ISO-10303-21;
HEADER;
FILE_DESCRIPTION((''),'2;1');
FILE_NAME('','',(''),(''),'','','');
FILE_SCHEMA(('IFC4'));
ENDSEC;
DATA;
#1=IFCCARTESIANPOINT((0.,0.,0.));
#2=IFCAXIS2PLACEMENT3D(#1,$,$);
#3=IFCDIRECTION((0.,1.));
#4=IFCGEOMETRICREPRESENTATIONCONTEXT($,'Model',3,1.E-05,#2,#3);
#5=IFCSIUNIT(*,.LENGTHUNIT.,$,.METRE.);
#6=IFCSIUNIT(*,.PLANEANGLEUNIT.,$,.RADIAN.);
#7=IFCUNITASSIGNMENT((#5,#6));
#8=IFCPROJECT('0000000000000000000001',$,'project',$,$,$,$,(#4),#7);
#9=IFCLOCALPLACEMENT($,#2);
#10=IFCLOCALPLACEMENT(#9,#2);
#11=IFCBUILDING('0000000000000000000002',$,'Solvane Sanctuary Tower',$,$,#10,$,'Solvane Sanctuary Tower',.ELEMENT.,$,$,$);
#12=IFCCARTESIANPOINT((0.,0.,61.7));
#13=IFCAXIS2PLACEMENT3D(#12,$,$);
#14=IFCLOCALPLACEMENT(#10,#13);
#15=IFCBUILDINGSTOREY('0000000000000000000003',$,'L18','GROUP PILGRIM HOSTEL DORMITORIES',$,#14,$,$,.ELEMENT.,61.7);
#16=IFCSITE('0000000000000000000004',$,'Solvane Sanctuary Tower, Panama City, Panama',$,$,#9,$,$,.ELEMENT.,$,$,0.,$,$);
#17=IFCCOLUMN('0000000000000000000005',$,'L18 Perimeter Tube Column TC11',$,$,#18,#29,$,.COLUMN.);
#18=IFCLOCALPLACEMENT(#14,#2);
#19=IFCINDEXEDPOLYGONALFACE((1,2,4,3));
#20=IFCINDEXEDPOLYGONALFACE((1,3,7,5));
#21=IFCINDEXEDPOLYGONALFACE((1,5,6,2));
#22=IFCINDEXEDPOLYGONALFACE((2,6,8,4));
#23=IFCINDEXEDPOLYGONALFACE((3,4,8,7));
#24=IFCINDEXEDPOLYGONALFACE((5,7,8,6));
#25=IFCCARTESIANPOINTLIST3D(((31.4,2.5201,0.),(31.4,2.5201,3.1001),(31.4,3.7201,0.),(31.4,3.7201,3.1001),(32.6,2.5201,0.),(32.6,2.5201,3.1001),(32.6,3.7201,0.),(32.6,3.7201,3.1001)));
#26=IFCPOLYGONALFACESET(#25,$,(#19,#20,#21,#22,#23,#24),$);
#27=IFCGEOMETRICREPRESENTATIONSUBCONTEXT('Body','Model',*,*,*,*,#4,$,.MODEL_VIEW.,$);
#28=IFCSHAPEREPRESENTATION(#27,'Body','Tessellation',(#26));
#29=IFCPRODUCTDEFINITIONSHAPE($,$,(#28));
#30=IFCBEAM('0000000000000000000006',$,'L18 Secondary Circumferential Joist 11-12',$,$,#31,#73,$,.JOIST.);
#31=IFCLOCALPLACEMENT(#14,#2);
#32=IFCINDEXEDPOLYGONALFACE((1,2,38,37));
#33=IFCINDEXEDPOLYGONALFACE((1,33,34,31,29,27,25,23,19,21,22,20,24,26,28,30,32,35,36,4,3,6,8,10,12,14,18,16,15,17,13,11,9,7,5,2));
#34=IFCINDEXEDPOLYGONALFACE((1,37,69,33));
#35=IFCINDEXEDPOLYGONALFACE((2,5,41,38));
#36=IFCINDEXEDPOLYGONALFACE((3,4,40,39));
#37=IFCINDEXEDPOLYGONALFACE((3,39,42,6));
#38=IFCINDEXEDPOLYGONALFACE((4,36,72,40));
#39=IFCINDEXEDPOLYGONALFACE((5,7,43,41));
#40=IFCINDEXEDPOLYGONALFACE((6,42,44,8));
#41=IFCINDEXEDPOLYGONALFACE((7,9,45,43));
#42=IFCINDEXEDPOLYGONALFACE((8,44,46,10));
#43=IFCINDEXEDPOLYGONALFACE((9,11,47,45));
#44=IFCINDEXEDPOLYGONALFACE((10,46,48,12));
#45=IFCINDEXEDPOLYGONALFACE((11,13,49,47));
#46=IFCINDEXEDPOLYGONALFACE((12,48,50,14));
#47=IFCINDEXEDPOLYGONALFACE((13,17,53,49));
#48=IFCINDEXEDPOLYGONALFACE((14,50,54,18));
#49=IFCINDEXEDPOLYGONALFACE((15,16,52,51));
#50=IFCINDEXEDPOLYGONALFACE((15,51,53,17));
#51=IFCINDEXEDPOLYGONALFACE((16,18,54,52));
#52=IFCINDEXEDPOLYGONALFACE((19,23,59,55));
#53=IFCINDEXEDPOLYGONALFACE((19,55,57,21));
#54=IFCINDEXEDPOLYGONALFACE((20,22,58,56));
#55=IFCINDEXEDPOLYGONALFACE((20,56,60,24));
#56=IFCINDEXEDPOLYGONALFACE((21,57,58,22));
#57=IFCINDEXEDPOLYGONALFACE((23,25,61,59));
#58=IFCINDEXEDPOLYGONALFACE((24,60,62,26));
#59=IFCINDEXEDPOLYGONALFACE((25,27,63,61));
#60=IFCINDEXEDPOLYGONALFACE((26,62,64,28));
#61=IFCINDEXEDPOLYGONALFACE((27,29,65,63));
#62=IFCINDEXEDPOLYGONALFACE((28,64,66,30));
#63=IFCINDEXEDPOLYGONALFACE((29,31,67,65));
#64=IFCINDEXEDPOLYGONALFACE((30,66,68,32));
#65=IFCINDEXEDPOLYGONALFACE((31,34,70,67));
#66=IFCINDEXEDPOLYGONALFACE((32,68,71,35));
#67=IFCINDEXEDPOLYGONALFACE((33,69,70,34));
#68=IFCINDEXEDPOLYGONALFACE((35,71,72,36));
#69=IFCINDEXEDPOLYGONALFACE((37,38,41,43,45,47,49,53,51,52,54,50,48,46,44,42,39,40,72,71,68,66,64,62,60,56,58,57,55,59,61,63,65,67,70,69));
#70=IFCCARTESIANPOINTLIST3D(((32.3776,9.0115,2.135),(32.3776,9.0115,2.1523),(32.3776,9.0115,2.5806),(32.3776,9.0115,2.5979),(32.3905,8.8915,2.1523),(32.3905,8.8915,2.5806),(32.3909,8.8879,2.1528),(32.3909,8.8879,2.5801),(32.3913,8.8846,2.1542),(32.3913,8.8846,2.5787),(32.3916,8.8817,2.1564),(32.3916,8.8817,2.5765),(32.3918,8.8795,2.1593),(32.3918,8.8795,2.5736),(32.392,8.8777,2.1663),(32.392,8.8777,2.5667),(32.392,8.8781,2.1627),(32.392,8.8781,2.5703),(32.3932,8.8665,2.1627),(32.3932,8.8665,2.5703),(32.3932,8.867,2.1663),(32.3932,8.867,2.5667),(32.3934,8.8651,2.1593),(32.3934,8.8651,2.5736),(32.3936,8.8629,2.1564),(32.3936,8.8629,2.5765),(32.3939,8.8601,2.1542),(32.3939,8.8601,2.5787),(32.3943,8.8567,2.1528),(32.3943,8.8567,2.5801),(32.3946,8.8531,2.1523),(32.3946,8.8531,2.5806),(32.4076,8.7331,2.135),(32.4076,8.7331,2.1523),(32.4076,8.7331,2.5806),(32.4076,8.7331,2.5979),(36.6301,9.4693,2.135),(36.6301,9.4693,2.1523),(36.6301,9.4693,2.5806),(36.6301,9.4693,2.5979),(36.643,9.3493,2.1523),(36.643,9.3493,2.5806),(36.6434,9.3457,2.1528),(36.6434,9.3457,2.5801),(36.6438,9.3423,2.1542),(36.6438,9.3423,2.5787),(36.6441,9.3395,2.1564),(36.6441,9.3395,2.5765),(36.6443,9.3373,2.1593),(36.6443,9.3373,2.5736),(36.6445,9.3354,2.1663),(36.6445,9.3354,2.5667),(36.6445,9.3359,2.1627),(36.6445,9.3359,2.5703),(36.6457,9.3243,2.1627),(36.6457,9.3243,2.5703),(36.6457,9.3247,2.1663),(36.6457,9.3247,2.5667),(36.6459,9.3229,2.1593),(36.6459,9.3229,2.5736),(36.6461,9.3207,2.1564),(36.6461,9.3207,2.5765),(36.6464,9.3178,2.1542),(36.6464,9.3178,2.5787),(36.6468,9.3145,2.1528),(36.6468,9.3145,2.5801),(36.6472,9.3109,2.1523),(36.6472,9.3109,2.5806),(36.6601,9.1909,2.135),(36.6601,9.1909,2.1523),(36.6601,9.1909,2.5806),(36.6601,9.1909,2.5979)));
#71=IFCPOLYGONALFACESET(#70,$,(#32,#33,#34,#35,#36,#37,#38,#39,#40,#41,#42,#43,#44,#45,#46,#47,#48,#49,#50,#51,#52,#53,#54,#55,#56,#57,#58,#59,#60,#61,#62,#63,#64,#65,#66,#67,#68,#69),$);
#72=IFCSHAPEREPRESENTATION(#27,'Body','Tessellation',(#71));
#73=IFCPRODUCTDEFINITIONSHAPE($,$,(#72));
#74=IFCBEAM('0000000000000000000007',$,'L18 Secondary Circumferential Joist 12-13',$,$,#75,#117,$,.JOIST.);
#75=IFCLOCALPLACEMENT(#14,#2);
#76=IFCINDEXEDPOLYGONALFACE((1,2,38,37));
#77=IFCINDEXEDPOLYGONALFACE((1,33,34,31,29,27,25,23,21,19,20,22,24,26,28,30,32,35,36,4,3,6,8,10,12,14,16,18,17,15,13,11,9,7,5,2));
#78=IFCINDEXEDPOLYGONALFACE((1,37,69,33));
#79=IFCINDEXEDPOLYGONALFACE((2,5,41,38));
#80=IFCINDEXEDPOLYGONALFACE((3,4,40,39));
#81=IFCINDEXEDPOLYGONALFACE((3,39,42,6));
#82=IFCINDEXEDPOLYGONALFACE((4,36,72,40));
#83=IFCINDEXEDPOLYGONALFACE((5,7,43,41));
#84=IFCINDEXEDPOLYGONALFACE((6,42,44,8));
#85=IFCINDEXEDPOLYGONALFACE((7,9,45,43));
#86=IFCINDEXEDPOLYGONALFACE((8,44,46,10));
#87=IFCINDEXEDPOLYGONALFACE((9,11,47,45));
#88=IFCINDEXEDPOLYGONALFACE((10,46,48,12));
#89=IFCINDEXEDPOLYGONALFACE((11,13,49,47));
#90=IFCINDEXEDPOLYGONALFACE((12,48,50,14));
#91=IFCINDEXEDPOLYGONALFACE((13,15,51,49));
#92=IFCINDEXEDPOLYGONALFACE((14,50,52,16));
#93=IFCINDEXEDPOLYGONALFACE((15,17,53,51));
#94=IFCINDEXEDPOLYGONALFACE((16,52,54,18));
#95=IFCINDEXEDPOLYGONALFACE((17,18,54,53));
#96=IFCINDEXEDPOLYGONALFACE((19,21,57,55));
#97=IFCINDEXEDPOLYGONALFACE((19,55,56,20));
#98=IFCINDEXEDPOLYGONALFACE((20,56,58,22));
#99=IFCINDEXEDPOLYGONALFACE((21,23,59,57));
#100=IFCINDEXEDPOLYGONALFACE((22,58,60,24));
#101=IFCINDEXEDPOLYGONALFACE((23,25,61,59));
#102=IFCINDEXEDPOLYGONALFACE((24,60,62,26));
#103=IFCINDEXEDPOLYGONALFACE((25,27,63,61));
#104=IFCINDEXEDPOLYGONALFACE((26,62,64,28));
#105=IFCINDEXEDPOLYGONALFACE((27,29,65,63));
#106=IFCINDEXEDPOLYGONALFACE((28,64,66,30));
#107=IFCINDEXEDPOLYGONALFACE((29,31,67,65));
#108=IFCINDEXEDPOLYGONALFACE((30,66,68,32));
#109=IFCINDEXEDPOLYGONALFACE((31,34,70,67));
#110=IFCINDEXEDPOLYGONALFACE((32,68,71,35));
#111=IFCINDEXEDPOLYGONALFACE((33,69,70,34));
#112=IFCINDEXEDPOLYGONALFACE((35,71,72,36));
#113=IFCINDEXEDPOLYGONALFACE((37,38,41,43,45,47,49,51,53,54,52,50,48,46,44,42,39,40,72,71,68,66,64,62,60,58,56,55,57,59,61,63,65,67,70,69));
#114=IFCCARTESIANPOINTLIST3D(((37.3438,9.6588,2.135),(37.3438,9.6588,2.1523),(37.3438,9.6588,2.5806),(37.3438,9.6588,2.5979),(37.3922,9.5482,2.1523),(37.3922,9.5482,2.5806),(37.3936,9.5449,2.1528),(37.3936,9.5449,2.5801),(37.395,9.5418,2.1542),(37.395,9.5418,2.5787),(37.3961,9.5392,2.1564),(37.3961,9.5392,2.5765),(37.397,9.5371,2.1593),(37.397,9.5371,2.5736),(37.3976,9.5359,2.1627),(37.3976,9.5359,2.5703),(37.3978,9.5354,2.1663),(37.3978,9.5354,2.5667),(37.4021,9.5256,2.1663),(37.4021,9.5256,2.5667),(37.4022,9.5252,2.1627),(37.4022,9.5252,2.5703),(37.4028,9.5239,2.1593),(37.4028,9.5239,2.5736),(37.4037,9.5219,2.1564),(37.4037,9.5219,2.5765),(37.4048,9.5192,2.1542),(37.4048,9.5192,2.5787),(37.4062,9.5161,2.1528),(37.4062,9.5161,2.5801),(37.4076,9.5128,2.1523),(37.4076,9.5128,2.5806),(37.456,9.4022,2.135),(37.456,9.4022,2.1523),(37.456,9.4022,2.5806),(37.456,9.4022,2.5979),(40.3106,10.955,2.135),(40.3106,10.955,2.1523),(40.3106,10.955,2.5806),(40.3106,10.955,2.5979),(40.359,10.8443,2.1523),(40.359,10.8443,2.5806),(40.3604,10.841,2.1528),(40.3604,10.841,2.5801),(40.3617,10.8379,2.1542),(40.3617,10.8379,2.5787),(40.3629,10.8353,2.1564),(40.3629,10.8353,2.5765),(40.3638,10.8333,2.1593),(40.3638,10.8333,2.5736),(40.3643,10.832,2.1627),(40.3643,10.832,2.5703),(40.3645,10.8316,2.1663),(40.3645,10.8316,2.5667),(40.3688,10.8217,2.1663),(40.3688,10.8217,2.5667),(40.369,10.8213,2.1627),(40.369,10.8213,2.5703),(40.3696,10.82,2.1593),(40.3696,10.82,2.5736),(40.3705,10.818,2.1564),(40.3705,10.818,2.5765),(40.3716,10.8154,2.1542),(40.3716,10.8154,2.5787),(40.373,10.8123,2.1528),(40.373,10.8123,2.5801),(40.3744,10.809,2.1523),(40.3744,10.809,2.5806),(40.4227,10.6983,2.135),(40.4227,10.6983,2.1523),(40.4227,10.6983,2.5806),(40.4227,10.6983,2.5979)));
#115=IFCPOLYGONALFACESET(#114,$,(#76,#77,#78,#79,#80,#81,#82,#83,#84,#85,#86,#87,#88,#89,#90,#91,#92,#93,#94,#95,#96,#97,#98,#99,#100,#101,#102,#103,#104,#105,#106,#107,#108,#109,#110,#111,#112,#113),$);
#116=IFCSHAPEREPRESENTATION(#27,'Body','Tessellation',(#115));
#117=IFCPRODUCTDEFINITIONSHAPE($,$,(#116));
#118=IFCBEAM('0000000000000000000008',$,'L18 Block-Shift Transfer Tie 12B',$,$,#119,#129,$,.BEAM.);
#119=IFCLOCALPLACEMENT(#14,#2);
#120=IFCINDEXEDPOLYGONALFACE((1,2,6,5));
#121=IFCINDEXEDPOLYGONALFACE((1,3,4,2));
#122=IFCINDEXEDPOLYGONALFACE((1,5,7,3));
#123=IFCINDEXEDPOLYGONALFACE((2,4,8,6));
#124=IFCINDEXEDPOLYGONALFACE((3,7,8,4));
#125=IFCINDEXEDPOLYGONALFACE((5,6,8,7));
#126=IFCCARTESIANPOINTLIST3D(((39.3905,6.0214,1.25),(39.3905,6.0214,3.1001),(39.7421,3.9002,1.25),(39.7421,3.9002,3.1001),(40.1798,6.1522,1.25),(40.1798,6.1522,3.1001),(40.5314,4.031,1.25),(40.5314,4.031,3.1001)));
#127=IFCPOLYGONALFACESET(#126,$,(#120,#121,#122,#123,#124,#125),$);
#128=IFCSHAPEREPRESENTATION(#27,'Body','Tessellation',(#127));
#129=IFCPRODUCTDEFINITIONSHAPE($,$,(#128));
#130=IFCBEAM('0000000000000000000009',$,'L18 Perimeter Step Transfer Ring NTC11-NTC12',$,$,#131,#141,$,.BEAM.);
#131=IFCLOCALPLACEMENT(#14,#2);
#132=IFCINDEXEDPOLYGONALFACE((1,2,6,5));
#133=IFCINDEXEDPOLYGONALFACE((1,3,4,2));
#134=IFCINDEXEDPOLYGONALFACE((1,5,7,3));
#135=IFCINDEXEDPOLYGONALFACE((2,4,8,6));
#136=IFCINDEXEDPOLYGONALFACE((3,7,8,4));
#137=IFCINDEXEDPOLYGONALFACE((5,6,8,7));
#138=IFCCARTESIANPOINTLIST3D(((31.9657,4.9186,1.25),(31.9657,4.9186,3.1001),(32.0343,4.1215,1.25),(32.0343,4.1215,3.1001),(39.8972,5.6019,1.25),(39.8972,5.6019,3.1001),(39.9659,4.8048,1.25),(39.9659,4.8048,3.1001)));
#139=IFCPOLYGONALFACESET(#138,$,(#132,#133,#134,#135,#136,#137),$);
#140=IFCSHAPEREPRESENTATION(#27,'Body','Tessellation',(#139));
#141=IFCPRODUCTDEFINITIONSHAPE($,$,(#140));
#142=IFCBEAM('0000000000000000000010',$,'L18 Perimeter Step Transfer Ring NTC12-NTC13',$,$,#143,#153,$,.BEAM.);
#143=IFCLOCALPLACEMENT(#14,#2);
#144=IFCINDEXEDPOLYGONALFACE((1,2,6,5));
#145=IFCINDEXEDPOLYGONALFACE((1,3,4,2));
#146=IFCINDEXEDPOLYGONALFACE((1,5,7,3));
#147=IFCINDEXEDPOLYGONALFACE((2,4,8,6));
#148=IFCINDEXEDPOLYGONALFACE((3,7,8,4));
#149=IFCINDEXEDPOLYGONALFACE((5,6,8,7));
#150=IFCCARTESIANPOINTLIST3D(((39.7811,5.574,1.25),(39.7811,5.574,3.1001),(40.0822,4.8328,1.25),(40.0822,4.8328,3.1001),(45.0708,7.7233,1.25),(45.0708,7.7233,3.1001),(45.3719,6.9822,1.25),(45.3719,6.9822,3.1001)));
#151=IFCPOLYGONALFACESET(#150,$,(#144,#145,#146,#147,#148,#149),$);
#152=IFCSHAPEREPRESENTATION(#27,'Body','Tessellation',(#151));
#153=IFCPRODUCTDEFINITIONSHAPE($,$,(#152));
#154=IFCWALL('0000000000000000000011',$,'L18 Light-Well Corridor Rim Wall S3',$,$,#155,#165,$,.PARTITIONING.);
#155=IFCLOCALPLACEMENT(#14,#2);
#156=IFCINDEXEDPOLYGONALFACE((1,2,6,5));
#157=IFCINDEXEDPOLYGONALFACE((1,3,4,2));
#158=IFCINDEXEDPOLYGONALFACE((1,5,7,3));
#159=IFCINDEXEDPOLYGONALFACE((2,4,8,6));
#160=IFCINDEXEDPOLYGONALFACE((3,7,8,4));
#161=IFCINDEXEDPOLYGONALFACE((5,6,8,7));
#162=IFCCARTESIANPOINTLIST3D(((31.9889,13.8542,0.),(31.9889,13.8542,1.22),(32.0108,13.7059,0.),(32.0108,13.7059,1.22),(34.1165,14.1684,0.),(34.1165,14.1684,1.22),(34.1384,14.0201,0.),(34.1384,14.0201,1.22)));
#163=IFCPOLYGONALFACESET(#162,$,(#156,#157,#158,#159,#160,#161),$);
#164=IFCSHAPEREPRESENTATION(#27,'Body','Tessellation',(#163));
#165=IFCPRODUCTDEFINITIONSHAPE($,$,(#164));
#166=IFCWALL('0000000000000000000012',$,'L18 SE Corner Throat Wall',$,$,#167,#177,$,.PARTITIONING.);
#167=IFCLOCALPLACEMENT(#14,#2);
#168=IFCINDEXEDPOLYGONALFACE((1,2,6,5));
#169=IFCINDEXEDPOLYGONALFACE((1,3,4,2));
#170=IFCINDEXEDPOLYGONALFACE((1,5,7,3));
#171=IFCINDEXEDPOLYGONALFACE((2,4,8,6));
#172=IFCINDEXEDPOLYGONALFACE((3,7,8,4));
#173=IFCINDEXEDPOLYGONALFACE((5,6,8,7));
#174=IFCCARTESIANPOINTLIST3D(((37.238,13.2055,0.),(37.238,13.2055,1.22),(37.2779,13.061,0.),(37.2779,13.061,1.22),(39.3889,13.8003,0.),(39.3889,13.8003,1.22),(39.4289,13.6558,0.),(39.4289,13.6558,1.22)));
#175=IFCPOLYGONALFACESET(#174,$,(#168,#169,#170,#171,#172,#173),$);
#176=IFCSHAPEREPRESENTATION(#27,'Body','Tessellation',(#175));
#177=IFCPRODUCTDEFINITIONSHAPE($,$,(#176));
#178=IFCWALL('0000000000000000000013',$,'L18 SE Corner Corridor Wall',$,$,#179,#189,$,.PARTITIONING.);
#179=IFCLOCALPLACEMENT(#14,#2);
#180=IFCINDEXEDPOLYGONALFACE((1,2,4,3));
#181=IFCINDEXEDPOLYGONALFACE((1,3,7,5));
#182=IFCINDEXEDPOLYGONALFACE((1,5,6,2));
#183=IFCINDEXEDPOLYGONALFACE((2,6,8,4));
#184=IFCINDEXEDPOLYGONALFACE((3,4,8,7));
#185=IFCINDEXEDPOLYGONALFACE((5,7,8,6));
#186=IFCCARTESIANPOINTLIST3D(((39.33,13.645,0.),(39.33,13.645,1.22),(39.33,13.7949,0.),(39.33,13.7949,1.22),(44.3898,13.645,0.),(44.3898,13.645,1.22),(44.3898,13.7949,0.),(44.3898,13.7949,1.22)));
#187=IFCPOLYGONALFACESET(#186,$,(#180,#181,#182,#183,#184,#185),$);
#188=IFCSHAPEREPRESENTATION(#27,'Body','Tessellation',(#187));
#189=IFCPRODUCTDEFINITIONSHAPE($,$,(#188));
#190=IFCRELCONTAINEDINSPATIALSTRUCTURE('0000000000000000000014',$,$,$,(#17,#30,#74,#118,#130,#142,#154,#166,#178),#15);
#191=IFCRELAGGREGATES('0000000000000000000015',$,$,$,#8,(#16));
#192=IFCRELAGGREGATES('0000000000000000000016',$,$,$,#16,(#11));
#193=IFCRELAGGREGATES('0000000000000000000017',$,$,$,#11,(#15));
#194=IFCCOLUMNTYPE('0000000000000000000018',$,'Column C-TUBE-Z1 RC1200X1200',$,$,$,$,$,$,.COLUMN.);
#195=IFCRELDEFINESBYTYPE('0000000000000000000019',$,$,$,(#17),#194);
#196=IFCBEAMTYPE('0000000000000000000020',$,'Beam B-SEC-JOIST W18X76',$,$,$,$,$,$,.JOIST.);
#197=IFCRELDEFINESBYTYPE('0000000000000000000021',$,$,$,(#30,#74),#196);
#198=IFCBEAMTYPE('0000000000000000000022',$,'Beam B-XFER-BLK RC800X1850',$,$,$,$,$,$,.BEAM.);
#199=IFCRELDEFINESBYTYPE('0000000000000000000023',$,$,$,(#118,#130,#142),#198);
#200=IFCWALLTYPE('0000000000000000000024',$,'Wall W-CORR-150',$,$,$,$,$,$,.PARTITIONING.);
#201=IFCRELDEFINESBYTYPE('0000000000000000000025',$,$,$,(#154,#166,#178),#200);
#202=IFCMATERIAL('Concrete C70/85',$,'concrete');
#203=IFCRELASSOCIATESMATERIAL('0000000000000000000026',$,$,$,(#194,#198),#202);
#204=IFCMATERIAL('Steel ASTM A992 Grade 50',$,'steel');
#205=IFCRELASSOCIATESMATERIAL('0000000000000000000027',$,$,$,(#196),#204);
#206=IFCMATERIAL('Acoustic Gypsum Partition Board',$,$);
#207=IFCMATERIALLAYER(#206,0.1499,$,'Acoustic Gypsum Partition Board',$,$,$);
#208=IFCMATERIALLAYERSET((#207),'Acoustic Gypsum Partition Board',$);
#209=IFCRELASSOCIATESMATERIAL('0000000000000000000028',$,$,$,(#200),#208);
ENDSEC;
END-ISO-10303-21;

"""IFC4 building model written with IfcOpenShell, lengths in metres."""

from ifc_helpers import new_model, si_unit, direction, frame, frame_2d, origin, origin_2d, place, context, subcontext, project, spatial, rectangle, i_section, extrude, material, layer, layer_set, material_profile, profile_set, type_object, element, save


model = new_model("IFC4")

# Units and contexts
model_context = context("Model", 3, precision=1e-05, world=origin(), true_north=direction((0.0, 1.0)))
body_context = subcontext(model_context, "Body", "Model", "MODEL_VIEW")
ifc_project = project(units=[si_unit("LENGTHUNIT", "METRE"), si_unit("PLANEANGLEUNIT", "RADIAN")], contexts=[model_context])

# Site, building, storey
site_placement = place(None, origin())
site = spatial("IfcSite", under=ifc_project, at=site_placement, Name="Solvane Sanctuary Tower, Panama City, Panama", CompositionType="ELEMENT", RefElevation=0.0)
building_placement = place(site_placement, origin())
building = spatial("IfcBuilding", under=site, at=building_placement, Name="Solvane Sanctuary Tower", LongName="Solvane Sanctuary Tower", CompositionType="ELEMENT")
storey_placement = place(building_placement, frame((0.0, 0.0, 61.7)))
storey = spatial("IfcBuildingStorey", under=building, at=storey_placement, Name="L18", Description="GROUP PILGRIM HOSTEL DORMITORIES", CompositionType="ELEMENT", Elevation=61.7)

# Column
ifc_material_1 = material(Name="Concrete C70/85", Category="concrete")
ifc_material_profile_1 = material_profile(ifc_material_1, rectangle(XDim=1.2, YDim=1.2, at=origin_2d()), Name="RC1200X1200")
ifc_profile_set_1 = profile_set([ifc_material_profile_1], Name="Concrete C70/85")
column_type = type_object("IfcColumnType", Name="Column C-TUBE-Z1 RC1200X1200", PredefinedType="COLUMN", material=ifc_profile_set_1)
column_placement = place(storey_placement, frame((32.0, 3.1201, 0.0), z_axis=(0.0, 0.0, 1.0), x_axis=(0.0, -1.0, 0.0)))
element("IfcColumn", 1, at=column_placement, inside=storey, type_object=column_type, Name="L18 Perimeter Tube Column TC11", PredefinedType="COLUMN", context=body_context, shape_type="SweptSolid", body=[
    extrude(rectangle(XDim=1.2, YDim=1.2, at=origin_2d()), origin(), (0.0, 0.0, 1.0), 3.1001),
])

# Beams
ifc_material_2 = material(Name="Steel ASTM A992 Grade 50", Category="steel")
ifc_material_profile_2 = material_profile(ifc_material_2, i_section(OverallWidth=0.28, OverallDepth=0.4629, WebThickness=0.0107, FlangeThickness=0.0173, FilletRadius=0.0139, at=origin_2d()), Name="W18X76")
ifc_profile_set_2 = profile_set([ifc_material_profile_2], Name="Steel ASTM A992 Grade 50")
beam_type_1 = type_object("IfcBeamType", Name="Beam B-SEC-JOIST W18X76", PredefinedType="JOIST", material=ifc_profile_set_2)
beam_1_placement = place(storey_placement, frame((32.3926, 8.8723, 2.3665), z_axis=(0.994256, 0.107029, 0.0), x_axis=(-0.107029, 0.994256, 0.0)))
element("IfcBeam", 2, at=beam_1_placement, inside=storey, type_object=beam_type_1, Name="L18 Secondary Circumferential Joist 11-12", PredefinedType="JOIST", context=body_context, shape_type="SweptSolid", body=[
    extrude(i_section(OverallWidth=0.28, OverallDepth=0.4629, WebThickness=0.0107, FlangeThickness=0.0173, FilletRadius=0.0139, at=origin_2d()), origin(), (0.0, 0.0, 1.0), 4.2771),
])
beam_2_placement = place(storey_placement, frame((37.3999, 9.5305, 2.3665), z_axis=(0.916365, 0.400344, 0.0), x_axis=(-0.400344, 0.916365, 0.0)))
element("IfcBeam", 3, at=beam_2_placement, inside=storey, type_object=beam_type_1, Name="L18 Secondary Circumferential Joist 12-13", PredefinedType="JOIST", context=body_context, shape_type="SweptSolid", body=[
    extrude(i_section(OverallWidth=0.28, OverallDepth=0.4629, WebThickness=0.0107, FlangeThickness=0.0173, FilletRadius=0.0139, at=origin_2d()), origin(), (0.0, 0.0, 1.0), 3.2375),
])
ifc_material_profile_3 = material_profile(ifc_material_1, rectangle(XDim=0.8, YDim=1.8501, at=origin_2d()), Name="RC800X1850")
ifc_profile_set_3 = profile_set([ifc_material_profile_3], Name="Concrete C70/85")
beam_type_2 = type_object("IfcBeamType", Name="Beam B-XFER-BLK RC800X1850", PredefinedType="BEAM", material=ifc_profile_set_3)
beam_3_placement = place(storey_placement, frame((40.1367, 3.9656, 2.175), z_axis=(-0.163515, 0.986541, 0.0), x_axis=(-0.986541, -0.163515, 0.0)))
element("IfcBeam", 4, at=beam_3_placement, inside=storey, type_object=beam_type_2, Name="L18 Block-Shift Transfer Tie 12B", PredefinedType="BEAM", context=body_context, shape_type="SweptSolid", body=[
    extrude(rectangle(XDim=0.8, YDim=1.8501, at=origin_2d()), origin(), (0.0, 0.0, 1.0), 2.1501),
])
beam_4_placement = place(storey_placement, frame((32.0, 4.52, 2.175), z_axis=(0.996309, 0.085837, 0.0), x_axis=(-0.085837, 0.996309, 0.0)))
element("IfcBeam", 5, at=beam_4_placement, inside=storey, type_object=beam_type_2, Name="L18 Perimeter Step Transfer Ring NTC11-NTC12", PredefinedType="BEAM", context=body_context, shape_type="SweptSolid", body=[
    extrude(rectangle(XDim=0.8, YDim=1.8501, at=origin_2d()), origin(), (0.0, 0.0, 1.0), 7.9609),
])
beam_5_placement = place(storey_placement, frame((39.9316, 5.2034, 2.175), z_axis=(0.92644, 0.376442, 0.0), x_axis=(-0.376442, 0.92644, 0.0)))
element("IfcBeam", 6, at=beam_5_placement, inside=storey, type_object=beam_type_2, Name="L18 Perimeter Step Transfer Ring NTC12-NTC13", PredefinedType="BEAM", context=body_context, shape_type="SweptSolid", body=[
    extrude(rectangle(XDim=0.8, YDim=1.8501, at=origin_2d()), origin(), (0.0, 0.0, 1.0), 5.7097),
])

# Walls
ifc_material_3 = material(Name="Acoustic Gypsum Partition Board")
ifc_layer_1 = layer(ifc_material_3, 0.1499, Name="Acoustic Gypsum Partition Board")
ifc_layer_set_1 = layer_set([ifc_layer_1], Name="Acoustic Gypsum Partition Board")
wall_type_1 = type_object("IfcWallType", Name="Wall W-CORR-150", PredefinedType="PARTITIONING", material=ifc_layer_set_1)
wall_1_placement = place(storey_placement, frame((32.0, 13.78, 0.0), z_axis=(0.0, 0.0, 1.0), x_axis=(0.989269, 0.146108, 0.0)))
element("IfcWall", 7, at=wall_1_placement, inside=storey, type_object=wall_type_1, Name="L18 Light-Well Corridor Rim Wall S3", PredefinedType="PARTITIONING", context=body_context, shape_type="SweptSolid", body=[
    extrude(rectangle(XDim=2.1506, YDim=0.1499, at=frame_2d((1.0752, 0.0))), origin(), (0.0, 0.0, 1.0), 1.22),
])
wall_2_placement = place(storey_placement, frame((37.2581, 13.1333, 0.0), z_axis=(0.0, 0.0, 1.0), x_axis=(0.963834, 0.266504, 0.0)))
element("IfcWall", 8, at=wall_2_placement, inside=storey, type_object=wall_type_1, Name="L18 SE Corner Throat Wall", PredefinedType="PARTITIONING", context=body_context, shape_type="SweptSolid", body=[
    extrude(rectangle(XDim=2.2317, YDim=0.1499, at=frame_2d((1.1157, 0.0))), origin(), (0.0, 0.0, 1.0), 1.22),
])
wall_3_placement = place(storey_placement, frame((39.3301, 13.72, 0.0), z_axis=(0.0, 0.0, 1.0), x_axis=(1.0, 0.0, 0.0)))
element("IfcWall", 9, at=wall_3_placement, inside=storey, type_object=wall_type_1, Name="L18 SE Corner Corridor Wall", PredefinedType="PARTITIONING", context=body_context, shape_type="SweptSolid", body=[
    extrude(rectangle(XDim=5.0598, YDim=0.1499, at=frame_2d((2.5298, 0.0))), origin(), (0.0, 0.0, 1.0), 1.22),
])

save(model, "model.ifc")
